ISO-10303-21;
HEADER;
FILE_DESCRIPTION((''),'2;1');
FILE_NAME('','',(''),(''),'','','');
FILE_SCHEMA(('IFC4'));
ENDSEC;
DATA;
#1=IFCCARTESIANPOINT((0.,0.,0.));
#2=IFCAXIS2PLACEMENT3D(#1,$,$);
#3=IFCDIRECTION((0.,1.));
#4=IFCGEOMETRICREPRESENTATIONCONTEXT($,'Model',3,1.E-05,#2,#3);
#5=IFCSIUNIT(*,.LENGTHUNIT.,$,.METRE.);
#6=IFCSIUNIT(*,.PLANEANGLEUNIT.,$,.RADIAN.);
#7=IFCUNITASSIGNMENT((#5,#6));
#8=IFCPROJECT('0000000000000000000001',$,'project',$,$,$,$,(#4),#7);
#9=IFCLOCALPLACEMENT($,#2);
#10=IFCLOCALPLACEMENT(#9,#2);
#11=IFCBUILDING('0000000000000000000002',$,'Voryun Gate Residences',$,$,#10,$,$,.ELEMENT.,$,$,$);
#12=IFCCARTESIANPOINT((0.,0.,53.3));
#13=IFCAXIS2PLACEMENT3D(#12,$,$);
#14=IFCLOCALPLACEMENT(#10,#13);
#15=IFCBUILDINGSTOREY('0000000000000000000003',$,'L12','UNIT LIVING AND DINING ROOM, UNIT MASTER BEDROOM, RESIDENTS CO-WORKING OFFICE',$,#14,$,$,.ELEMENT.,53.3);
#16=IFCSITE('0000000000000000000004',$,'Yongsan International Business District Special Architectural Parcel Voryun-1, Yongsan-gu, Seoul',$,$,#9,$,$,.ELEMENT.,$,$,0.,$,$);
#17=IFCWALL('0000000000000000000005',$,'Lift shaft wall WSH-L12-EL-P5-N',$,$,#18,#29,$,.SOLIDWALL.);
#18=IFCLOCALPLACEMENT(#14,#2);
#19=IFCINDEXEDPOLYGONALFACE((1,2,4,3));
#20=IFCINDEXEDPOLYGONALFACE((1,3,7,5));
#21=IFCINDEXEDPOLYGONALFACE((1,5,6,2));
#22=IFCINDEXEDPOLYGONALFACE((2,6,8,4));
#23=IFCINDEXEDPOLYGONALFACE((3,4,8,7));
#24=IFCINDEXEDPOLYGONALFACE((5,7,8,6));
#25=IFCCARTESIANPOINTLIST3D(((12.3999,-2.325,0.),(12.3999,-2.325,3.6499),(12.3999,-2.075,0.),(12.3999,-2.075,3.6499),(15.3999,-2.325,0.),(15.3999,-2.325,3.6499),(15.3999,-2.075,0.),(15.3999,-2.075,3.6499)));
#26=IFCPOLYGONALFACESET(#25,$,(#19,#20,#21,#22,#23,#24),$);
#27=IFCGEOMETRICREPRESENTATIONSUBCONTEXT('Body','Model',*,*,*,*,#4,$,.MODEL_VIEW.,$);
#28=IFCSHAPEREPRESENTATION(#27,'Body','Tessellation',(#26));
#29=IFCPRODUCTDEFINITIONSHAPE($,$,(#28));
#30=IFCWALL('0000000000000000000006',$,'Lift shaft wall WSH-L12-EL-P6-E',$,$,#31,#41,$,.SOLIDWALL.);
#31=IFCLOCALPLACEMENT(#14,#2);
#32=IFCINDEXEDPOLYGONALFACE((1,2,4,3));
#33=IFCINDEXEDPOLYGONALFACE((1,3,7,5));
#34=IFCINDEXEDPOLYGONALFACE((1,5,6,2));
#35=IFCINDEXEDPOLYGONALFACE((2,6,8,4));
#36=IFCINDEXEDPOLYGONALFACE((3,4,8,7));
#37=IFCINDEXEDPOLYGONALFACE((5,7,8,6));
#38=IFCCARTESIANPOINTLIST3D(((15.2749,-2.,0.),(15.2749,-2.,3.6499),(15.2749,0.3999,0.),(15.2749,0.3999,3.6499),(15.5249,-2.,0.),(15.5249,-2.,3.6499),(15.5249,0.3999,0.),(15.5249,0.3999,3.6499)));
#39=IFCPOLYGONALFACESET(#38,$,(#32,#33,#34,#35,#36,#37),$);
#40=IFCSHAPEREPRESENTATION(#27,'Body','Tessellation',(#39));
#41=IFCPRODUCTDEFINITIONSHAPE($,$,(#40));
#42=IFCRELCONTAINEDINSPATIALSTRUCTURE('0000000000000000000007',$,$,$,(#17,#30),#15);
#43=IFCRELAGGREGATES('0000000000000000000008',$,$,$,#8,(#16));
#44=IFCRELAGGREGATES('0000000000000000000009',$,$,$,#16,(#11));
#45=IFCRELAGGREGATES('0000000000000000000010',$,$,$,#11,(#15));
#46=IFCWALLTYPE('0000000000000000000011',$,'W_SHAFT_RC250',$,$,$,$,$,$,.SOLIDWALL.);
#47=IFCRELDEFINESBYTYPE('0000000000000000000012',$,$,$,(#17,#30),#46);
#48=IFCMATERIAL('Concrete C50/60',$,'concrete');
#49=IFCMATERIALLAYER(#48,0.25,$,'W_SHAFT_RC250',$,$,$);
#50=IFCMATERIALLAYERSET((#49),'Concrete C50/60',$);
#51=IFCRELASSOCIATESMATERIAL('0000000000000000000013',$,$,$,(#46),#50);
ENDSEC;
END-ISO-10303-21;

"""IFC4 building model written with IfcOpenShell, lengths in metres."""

from ifc_helpers import new_model, si_unit, direction, frame, frame_2d, origin, place, context, subcontext, project, spatial, rectangle, extrude, material, layer, layer_set, type_object, element, save


model = new_model("IFC4")

# Units and contexts
model_context = context("Model", 3, precision=1e-05, world=origin(), true_north=direction((0.0, 1.0)))
body_context = subcontext(model_context, "Body", "Model", "MODEL_VIEW")
ifc_project = project(units=[si_unit("LENGTHUNIT", "METRE"), si_unit("PLANEANGLEUNIT", "RADIAN")], contexts=[model_context])

# Site, building, storey
site_placement = place(None, origin())
site = spatial("IfcSite", under=ifc_project, at=site_placement, Name="Yongsan International Business District Special Architectural Parcel Voryun-1, Yongsan-gu, Seoul", CompositionType="ELEMENT", RefElevation=0.0)
building_placement = place(site_placement, origin())
building = spatial("IfcBuilding", under=site, at=building_placement, Name="Voryun Gate Residences", CompositionType="ELEMENT")
storey_placement = place(building_placement, frame((0.0, 0.0, 53.3)))
storey = spatial("IfcBuildingStorey", under=building, at=storey_placement, Name="L12", Description="UNIT LIVING AND DINING ROOM, UNIT MASTER BEDROOM, RESIDENTS CO-WORKING OFFICE", CompositionType="ELEMENT", Elevation=53.3)

# Walls
ifc_material_1 = material(Name="Concrete C50/60", Category="concrete")
ifc_layer_1 = layer(ifc_material_1, 0.25, Name="W_SHAFT_RC250")
ifc_layer_set_1 = layer_set([ifc_layer_1], Name="Concrete C50/60")
wall_type_1 = type_object("IfcWallType", Name="W_SHAFT_RC250", PredefinedType="SOLIDWALL", material=ifc_layer_set_1)
wall_1_placement = place(storey_placement, frame((15.3999, -2.2, 0.0), z_axis=(0.0, 0.0, 1.0), x_axis=(-1.0, 0.0, 0.0)))
element("IfcWall", 1, at=wall_1_placement, inside=storey, type_object=wall_type_1, Name="Lift shaft wall WSH-L12-EL-P5-N", PredefinedType="SOLIDWALL", context=body_context, shape_type="SweptSolid", body=[
    extrude(rectangle(XDim=3.0, YDim=0.25, at=frame_2d((1.5, 0.0))), origin(), (0.0, 0.0, 1.0), 3.6499),
])
wall_2_placement = place(storey_placement, frame((15.3999, -2.0, 0.0), z_axis=(0.0, 0.0, 1.0), x_axis=(0.0, 1.0, 0.0)))
element("IfcWall", 2, at=wall_2_placement, inside=storey, type_object=wall_type_1, Name="Lift shaft wall WSH-L12-EL-P6-E", PredefinedType="SOLIDWALL", context=body_context, shape_type="SweptSolid", body=[
    extrude(rectangle(XDim=2.3999, YDim=0.25, at=frame_2d((1.2, 0.0))), origin(), (0.0, 0.0, 1.0), 3.6499),
])

save(model, "model.ifc")
